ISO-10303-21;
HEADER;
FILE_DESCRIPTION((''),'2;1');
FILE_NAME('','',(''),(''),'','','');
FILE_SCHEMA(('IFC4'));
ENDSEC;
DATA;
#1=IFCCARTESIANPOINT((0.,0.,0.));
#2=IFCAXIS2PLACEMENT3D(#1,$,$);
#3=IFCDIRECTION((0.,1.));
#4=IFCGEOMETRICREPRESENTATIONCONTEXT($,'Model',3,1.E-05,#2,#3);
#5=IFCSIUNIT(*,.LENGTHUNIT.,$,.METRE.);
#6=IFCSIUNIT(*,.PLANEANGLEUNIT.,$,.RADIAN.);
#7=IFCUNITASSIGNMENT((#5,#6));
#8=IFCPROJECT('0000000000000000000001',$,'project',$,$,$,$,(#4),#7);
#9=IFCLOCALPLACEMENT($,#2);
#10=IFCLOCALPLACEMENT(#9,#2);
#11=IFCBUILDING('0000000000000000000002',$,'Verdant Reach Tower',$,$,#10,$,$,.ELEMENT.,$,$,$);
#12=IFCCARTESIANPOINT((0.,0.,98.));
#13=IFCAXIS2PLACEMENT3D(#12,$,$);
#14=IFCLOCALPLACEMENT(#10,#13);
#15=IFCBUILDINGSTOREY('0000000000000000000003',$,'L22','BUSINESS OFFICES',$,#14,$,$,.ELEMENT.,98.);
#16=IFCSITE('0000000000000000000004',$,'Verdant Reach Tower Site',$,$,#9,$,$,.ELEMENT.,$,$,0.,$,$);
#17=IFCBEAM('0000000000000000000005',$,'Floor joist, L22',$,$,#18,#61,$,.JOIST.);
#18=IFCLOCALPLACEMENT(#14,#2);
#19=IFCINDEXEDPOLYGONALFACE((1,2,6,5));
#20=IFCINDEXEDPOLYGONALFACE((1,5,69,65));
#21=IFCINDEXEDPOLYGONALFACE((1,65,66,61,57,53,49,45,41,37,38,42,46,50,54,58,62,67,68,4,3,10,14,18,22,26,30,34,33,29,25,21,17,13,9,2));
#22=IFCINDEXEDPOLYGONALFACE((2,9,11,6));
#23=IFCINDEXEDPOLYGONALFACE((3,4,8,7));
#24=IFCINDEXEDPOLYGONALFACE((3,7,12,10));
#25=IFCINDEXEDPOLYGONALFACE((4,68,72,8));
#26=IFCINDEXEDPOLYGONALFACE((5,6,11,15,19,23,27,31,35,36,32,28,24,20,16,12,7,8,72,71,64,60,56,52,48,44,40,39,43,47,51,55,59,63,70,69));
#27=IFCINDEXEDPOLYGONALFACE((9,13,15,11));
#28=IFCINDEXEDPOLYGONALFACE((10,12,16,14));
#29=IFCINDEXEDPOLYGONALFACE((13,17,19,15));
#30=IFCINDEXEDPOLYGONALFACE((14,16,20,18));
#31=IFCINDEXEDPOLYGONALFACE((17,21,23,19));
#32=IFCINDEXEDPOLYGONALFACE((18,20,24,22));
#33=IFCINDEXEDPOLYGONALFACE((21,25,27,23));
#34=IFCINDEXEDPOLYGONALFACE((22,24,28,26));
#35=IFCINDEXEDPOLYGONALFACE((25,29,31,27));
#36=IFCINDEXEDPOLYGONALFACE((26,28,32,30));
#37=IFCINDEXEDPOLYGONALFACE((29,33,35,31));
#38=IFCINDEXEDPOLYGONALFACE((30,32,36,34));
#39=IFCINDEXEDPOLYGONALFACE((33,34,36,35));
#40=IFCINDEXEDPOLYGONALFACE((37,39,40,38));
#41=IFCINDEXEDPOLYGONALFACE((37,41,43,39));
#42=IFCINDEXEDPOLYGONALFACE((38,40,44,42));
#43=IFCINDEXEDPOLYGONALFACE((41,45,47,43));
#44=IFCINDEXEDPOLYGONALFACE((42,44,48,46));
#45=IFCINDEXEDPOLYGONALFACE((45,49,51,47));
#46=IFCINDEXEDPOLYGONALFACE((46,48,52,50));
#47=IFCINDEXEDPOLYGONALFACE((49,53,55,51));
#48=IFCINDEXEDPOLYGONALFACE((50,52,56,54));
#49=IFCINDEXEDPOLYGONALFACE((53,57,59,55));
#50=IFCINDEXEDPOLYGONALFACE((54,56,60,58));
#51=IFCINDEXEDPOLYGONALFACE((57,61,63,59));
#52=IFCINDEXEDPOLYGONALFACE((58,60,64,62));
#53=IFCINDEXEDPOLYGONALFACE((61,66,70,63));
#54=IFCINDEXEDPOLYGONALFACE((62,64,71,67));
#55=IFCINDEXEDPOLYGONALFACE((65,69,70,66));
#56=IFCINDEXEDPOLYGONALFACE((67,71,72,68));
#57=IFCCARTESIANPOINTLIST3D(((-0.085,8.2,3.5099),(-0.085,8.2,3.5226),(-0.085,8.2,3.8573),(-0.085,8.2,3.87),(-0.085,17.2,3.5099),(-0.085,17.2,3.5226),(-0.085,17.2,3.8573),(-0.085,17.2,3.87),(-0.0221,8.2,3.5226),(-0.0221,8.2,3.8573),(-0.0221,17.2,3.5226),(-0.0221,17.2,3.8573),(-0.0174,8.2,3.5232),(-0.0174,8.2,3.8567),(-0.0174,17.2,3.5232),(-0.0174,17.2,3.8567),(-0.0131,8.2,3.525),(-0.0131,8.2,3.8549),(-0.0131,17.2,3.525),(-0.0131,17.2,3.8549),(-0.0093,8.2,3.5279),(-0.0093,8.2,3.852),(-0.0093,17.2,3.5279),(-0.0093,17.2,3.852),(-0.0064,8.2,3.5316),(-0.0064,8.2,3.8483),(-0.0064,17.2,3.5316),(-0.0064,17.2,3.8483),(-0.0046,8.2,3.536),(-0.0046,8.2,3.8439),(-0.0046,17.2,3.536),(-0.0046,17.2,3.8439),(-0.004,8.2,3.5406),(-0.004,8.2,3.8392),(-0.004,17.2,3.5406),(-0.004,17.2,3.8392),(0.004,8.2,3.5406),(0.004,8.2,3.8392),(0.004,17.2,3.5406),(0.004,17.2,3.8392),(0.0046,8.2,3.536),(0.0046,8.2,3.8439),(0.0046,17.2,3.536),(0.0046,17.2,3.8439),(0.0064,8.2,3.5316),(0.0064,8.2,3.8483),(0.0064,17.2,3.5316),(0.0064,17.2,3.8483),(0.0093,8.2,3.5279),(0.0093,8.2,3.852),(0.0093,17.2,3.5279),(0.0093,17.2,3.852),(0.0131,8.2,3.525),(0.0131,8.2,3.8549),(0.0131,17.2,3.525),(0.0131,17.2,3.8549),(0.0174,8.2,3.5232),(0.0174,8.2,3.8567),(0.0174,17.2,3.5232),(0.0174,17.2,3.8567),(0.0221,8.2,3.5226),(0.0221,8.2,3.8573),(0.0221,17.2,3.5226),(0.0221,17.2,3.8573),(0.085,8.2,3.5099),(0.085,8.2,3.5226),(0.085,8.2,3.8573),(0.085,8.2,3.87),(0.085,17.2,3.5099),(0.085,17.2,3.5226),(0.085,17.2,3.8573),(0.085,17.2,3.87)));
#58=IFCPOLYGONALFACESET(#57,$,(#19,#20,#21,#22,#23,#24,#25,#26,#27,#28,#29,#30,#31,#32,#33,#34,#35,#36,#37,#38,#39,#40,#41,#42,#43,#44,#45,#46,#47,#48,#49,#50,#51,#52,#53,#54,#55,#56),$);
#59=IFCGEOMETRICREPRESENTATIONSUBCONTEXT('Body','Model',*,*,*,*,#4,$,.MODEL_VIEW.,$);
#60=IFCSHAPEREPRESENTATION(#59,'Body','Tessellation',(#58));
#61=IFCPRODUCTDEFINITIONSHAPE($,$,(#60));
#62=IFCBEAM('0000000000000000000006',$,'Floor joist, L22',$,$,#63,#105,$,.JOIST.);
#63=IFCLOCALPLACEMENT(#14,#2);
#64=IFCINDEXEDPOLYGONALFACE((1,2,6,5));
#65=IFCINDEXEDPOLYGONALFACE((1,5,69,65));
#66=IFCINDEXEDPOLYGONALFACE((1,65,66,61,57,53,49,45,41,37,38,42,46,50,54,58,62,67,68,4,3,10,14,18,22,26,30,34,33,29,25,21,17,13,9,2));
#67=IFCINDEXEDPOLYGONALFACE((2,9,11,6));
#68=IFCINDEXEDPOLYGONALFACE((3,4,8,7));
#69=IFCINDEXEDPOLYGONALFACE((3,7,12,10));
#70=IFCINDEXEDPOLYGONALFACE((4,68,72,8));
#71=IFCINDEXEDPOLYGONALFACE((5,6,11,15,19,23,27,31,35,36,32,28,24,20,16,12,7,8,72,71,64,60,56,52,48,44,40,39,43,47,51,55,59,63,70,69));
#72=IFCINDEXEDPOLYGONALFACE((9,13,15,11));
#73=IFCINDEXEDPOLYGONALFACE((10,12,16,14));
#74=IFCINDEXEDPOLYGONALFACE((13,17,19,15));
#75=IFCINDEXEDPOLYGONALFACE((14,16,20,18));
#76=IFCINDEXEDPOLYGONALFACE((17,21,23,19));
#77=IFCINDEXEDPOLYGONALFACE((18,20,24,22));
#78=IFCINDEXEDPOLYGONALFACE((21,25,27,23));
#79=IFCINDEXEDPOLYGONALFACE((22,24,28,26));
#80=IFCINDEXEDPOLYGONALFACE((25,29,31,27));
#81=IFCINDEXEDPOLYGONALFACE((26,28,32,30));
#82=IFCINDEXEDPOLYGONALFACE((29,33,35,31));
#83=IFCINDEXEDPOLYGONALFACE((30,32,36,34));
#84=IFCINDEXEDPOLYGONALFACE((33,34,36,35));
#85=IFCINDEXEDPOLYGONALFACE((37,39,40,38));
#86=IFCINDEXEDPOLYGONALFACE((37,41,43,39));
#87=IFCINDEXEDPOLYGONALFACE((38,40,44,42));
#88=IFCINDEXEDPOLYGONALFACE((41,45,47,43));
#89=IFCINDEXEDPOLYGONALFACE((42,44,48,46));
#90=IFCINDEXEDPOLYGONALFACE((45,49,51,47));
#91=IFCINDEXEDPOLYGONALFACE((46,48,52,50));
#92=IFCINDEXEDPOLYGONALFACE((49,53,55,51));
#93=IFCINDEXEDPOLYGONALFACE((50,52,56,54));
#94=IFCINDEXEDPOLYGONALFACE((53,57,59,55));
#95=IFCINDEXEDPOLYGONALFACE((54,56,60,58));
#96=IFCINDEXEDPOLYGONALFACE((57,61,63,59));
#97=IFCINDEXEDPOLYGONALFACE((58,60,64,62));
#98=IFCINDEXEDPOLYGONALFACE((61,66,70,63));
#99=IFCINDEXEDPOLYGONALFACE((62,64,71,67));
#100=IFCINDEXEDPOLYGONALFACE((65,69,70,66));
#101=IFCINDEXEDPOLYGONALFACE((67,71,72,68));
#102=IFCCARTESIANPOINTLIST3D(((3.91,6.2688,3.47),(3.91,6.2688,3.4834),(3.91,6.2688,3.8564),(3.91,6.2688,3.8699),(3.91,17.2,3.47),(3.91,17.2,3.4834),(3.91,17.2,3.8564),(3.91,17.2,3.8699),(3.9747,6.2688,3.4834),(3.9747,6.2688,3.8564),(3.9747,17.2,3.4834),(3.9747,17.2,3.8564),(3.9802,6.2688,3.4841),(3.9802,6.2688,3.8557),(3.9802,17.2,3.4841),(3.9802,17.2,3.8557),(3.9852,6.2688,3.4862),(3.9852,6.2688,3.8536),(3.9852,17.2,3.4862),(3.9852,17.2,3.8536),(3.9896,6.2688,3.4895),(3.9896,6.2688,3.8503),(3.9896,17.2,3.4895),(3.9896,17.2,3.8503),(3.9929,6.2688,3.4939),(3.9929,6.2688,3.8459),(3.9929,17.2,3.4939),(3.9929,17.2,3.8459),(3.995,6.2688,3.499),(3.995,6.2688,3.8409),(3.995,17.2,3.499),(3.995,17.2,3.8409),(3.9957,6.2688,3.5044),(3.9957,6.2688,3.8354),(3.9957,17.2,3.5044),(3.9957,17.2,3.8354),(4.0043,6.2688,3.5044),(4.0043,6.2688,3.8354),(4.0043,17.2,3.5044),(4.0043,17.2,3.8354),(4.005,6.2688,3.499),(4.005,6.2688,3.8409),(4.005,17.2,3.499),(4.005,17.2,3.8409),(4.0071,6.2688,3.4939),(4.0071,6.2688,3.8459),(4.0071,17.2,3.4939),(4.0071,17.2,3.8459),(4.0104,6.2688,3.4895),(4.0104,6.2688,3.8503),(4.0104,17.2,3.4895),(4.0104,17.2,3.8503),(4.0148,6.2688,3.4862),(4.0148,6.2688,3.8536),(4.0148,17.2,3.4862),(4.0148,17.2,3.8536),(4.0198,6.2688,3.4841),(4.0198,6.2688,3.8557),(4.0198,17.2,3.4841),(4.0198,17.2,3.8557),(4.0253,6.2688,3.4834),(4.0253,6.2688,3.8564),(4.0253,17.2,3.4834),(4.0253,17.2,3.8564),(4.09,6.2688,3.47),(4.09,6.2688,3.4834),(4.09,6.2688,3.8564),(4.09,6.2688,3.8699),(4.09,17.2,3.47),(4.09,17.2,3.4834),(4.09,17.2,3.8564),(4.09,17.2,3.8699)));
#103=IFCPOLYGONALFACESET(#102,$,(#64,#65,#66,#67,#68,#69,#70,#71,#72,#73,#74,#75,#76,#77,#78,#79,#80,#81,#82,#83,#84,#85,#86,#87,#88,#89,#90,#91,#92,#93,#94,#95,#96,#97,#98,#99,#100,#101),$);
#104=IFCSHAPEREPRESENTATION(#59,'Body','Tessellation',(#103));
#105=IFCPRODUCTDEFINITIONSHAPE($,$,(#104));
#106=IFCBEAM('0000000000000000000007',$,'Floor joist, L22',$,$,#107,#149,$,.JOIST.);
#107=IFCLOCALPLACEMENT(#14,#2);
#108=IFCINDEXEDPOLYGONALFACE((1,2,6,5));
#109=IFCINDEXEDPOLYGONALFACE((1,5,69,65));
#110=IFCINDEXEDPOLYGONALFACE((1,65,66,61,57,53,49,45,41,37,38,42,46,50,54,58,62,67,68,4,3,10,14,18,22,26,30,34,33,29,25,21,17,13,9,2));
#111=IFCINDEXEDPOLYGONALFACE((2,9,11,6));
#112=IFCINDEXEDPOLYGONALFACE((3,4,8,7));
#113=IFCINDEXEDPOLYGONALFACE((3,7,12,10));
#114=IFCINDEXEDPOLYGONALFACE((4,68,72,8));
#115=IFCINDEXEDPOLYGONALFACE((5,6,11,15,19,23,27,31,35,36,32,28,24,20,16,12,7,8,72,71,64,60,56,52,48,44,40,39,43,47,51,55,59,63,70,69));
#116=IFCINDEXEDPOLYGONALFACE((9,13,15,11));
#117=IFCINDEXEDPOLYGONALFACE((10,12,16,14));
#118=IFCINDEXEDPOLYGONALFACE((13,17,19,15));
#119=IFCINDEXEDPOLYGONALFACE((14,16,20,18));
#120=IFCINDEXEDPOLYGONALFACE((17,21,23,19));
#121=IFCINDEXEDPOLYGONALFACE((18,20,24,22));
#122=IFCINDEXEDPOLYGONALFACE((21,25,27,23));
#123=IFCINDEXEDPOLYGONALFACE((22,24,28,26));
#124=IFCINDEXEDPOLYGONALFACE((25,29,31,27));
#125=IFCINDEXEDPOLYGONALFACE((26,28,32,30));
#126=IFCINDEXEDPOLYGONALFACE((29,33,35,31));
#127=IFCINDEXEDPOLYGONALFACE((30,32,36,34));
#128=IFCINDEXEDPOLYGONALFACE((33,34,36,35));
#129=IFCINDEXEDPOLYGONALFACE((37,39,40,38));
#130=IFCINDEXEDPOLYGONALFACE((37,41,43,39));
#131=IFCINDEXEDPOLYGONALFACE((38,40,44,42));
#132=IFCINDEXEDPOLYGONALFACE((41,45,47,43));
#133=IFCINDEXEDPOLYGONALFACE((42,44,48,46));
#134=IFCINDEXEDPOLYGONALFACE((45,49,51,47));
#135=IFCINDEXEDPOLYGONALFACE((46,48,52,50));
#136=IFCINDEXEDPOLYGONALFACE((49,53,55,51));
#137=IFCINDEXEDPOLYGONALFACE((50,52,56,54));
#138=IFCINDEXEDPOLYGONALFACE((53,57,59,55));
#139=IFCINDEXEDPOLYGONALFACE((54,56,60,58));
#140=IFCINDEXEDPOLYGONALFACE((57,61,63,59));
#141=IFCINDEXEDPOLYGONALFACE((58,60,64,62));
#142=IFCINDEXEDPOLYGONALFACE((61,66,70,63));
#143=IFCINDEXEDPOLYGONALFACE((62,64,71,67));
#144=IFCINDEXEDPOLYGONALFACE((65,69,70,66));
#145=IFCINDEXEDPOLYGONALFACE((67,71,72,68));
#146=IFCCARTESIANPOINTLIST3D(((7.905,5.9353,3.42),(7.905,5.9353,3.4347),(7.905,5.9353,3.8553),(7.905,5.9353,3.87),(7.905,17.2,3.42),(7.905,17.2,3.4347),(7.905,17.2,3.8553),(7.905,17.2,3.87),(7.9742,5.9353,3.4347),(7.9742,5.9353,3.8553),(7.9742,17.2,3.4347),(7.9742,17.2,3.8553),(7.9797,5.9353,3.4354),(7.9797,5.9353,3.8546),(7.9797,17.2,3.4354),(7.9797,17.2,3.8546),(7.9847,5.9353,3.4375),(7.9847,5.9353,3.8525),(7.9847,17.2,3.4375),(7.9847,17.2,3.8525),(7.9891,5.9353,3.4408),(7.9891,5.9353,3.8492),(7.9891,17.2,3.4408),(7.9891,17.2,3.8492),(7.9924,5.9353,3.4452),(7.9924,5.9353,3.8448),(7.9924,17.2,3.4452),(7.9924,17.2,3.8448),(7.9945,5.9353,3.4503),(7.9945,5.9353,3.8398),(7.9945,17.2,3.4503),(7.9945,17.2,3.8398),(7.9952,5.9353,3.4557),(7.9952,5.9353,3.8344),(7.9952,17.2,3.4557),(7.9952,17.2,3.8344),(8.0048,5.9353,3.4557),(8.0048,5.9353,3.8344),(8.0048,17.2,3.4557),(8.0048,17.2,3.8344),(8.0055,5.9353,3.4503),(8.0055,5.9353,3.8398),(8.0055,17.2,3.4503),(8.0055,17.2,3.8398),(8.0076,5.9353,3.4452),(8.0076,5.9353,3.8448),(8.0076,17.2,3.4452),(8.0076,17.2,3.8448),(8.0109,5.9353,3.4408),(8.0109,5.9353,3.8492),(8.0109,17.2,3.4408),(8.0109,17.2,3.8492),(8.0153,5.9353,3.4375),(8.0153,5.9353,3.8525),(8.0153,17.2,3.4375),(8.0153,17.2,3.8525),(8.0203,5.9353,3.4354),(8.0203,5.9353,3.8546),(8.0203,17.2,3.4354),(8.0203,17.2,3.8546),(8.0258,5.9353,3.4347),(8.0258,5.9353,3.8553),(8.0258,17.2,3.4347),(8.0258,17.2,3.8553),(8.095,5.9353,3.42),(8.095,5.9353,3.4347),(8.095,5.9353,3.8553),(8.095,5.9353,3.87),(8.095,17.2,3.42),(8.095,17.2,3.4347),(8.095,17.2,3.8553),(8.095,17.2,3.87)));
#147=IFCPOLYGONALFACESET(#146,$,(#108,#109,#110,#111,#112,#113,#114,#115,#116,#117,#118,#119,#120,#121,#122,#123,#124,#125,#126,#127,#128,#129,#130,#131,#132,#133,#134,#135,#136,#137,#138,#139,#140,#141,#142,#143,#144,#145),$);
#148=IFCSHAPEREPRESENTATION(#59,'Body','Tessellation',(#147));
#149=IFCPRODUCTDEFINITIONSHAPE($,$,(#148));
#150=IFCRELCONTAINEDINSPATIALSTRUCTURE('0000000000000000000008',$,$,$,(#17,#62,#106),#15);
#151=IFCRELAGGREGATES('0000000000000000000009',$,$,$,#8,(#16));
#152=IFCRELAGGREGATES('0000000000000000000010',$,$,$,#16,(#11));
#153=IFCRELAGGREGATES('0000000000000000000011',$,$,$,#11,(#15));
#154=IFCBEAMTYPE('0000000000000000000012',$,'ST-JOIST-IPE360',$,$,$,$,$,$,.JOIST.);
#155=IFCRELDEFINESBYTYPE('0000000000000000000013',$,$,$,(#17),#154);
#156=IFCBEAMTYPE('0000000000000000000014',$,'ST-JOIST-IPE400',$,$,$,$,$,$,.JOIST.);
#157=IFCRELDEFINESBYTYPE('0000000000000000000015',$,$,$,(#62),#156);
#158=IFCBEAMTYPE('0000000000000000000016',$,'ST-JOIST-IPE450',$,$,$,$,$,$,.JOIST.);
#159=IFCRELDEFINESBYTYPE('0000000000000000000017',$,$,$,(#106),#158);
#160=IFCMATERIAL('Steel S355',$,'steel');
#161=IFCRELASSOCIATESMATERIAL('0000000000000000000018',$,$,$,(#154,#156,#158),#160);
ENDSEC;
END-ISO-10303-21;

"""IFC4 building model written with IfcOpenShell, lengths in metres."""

from ifc_helpers import new_model, si_unit, direction, frame, origin, origin_2d, place, context, subcontext, project, spatial, i_section, extrude, material, material_profile, profile_set, type_object, element, save


model = new_model("IFC4")

# Units and contexts
model_context = context("Model", 3, precision=1e-05, world=origin(), true_north=direction((0.0, 1.0)))
body_context = subcontext(model_context, "Body", "Model", "MODEL_VIEW")
ifc_project = project(units=[si_unit("LENGTHUNIT", "METRE"), si_unit("PLANEANGLEUNIT", "RADIAN")], contexts=[model_context])

# Site, building, storey
site_placement = place(None, origin())
site = spatial("IfcSite", under=ifc_project, at=site_placement, Name="Verdant Reach Tower Site", CompositionType="ELEMENT", RefElevation=0.0)
building_placement = place(site_placement, origin())
building = spatial("IfcBuilding", under=site, at=building_placement, Name="Verdant Reach Tower", CompositionType="ELEMENT")
storey_placement = place(building_placement, frame((0.0, 0.0, 98.0)))
storey = spatial("IfcBuildingStorey", under=building, at=storey_placement, Name="L22", Description="BUSINESS OFFICES", CompositionType="ELEMENT", Elevation=98.0)

# Beams
ifc_material_1 = material(Name="Steel S355", Category="steel")
ifc_material_profile_1 = material_profile(ifc_material_1, i_section(OverallWidth=0.1699, OverallDepth=0.3601, WebThickness=0.0081, FlangeThickness=0.0127, FilletRadius=0.0181, at=origin_2d()), Name="IPE 360")
ifc_profile_set_1 = profile_set([ifc_material_profile_1], Name="Steel S355")
beam_type_1 = type_object("IfcBeamType", Name="ST-JOIST-IPE360", PredefinedType="JOIST", material=ifc_profile_set_1)
beam_1_placement = place(storey_placement, frame((0.0, 17.2, 3.6899), z_axis=(0.0, -1.0, 0.0), x_axis=(1.0, 0.0, 0.0)))
element("IfcBeam", 1, at=beam_1_placement, inside=storey, type_object=beam_type_1, Name="Floor joist, L22", PredefinedType="JOIST", context=body_context, shape_type="SweptSolid", body=[
    extrude(i_section(OverallWidth=0.1699, OverallDepth=0.3601, WebThickness=0.0081, FlangeThickness=0.0127, FilletRadius=0.0181, at=origin_2d()), origin(), (0.0, 0.0, 1.0), 9.0),
])
ifc_material_profile_2 = material_profile(ifc_material_1, i_section(OverallWidth=0.1799, OverallDepth=0.3999, WebThickness=0.0085, FlangeThickness=0.0134, FilletRadius=0.021, at=origin_2d()), Name="IPE 400")
ifc_profile_set_2 = profile_set([ifc_material_profile_2], Name="Steel S355")
beam_type_2 = type_object("IfcBeamType", Name="ST-JOIST-IPE400", PredefinedType="JOIST", material=ifc_profile_set_2)
beam_2_placement = place(storey_placement, frame((4.0, 17.2, 3.6699), z_axis=(0.0, -1.0, 0.0), x_axis=(1.0, 0.0, 0.0)))
element("IfcBeam", 2, at=beam_2_placement, inside=storey, type_object=beam_type_2, Name="Floor joist, L22", PredefinedType="JOIST", context=body_context, shape_type="SweptSolid", body=[
    extrude(i_section(OverallWidth=0.1799, OverallDepth=0.3999, WebThickness=0.0085, FlangeThickness=0.0134, FilletRadius=0.021, at=origin_2d()), origin(), (0.0, 0.0, 1.0), 10.9312),
])
ifc_material_profile_3 = material_profile(ifc_material_1, i_section(OverallWidth=0.1899, OverallDepth=0.45, WebThickness=0.0095, FlangeThickness=0.0146, FilletRadius=0.021, at=origin_2d()), Name="IPE 450")
ifc_profile_set_3 = profile_set([ifc_material_profile_3], Name="Steel S355")
beam_type_3 = type_object("IfcBeamType", Name="ST-JOIST-IPE450", PredefinedType="JOIST", material=ifc_profile_set_3)
beam_3_placement = place(storey_placement, frame((8.0, 17.2, 3.645), z_axis=(0.0, -1.0, 0.0), x_axis=(1.0, 0.0, 0.0)))
element("IfcBeam", 3, at=beam_3_placement, inside=storey, type_object=beam_type_3, Name="Floor joist, L22", PredefinedType="JOIST", context=body_context, shape_type="SweptSolid", body=[
    extrude(i_section(OverallWidth=0.1899, OverallDepth=0.45, WebThickness=0.0095, FlangeThickness=0.0146, FilletRadius=0.021, at=origin_2d()), origin(), (0.0, 0.0, 1.0), 11.2646),
])

save(model, "model.ifc")
